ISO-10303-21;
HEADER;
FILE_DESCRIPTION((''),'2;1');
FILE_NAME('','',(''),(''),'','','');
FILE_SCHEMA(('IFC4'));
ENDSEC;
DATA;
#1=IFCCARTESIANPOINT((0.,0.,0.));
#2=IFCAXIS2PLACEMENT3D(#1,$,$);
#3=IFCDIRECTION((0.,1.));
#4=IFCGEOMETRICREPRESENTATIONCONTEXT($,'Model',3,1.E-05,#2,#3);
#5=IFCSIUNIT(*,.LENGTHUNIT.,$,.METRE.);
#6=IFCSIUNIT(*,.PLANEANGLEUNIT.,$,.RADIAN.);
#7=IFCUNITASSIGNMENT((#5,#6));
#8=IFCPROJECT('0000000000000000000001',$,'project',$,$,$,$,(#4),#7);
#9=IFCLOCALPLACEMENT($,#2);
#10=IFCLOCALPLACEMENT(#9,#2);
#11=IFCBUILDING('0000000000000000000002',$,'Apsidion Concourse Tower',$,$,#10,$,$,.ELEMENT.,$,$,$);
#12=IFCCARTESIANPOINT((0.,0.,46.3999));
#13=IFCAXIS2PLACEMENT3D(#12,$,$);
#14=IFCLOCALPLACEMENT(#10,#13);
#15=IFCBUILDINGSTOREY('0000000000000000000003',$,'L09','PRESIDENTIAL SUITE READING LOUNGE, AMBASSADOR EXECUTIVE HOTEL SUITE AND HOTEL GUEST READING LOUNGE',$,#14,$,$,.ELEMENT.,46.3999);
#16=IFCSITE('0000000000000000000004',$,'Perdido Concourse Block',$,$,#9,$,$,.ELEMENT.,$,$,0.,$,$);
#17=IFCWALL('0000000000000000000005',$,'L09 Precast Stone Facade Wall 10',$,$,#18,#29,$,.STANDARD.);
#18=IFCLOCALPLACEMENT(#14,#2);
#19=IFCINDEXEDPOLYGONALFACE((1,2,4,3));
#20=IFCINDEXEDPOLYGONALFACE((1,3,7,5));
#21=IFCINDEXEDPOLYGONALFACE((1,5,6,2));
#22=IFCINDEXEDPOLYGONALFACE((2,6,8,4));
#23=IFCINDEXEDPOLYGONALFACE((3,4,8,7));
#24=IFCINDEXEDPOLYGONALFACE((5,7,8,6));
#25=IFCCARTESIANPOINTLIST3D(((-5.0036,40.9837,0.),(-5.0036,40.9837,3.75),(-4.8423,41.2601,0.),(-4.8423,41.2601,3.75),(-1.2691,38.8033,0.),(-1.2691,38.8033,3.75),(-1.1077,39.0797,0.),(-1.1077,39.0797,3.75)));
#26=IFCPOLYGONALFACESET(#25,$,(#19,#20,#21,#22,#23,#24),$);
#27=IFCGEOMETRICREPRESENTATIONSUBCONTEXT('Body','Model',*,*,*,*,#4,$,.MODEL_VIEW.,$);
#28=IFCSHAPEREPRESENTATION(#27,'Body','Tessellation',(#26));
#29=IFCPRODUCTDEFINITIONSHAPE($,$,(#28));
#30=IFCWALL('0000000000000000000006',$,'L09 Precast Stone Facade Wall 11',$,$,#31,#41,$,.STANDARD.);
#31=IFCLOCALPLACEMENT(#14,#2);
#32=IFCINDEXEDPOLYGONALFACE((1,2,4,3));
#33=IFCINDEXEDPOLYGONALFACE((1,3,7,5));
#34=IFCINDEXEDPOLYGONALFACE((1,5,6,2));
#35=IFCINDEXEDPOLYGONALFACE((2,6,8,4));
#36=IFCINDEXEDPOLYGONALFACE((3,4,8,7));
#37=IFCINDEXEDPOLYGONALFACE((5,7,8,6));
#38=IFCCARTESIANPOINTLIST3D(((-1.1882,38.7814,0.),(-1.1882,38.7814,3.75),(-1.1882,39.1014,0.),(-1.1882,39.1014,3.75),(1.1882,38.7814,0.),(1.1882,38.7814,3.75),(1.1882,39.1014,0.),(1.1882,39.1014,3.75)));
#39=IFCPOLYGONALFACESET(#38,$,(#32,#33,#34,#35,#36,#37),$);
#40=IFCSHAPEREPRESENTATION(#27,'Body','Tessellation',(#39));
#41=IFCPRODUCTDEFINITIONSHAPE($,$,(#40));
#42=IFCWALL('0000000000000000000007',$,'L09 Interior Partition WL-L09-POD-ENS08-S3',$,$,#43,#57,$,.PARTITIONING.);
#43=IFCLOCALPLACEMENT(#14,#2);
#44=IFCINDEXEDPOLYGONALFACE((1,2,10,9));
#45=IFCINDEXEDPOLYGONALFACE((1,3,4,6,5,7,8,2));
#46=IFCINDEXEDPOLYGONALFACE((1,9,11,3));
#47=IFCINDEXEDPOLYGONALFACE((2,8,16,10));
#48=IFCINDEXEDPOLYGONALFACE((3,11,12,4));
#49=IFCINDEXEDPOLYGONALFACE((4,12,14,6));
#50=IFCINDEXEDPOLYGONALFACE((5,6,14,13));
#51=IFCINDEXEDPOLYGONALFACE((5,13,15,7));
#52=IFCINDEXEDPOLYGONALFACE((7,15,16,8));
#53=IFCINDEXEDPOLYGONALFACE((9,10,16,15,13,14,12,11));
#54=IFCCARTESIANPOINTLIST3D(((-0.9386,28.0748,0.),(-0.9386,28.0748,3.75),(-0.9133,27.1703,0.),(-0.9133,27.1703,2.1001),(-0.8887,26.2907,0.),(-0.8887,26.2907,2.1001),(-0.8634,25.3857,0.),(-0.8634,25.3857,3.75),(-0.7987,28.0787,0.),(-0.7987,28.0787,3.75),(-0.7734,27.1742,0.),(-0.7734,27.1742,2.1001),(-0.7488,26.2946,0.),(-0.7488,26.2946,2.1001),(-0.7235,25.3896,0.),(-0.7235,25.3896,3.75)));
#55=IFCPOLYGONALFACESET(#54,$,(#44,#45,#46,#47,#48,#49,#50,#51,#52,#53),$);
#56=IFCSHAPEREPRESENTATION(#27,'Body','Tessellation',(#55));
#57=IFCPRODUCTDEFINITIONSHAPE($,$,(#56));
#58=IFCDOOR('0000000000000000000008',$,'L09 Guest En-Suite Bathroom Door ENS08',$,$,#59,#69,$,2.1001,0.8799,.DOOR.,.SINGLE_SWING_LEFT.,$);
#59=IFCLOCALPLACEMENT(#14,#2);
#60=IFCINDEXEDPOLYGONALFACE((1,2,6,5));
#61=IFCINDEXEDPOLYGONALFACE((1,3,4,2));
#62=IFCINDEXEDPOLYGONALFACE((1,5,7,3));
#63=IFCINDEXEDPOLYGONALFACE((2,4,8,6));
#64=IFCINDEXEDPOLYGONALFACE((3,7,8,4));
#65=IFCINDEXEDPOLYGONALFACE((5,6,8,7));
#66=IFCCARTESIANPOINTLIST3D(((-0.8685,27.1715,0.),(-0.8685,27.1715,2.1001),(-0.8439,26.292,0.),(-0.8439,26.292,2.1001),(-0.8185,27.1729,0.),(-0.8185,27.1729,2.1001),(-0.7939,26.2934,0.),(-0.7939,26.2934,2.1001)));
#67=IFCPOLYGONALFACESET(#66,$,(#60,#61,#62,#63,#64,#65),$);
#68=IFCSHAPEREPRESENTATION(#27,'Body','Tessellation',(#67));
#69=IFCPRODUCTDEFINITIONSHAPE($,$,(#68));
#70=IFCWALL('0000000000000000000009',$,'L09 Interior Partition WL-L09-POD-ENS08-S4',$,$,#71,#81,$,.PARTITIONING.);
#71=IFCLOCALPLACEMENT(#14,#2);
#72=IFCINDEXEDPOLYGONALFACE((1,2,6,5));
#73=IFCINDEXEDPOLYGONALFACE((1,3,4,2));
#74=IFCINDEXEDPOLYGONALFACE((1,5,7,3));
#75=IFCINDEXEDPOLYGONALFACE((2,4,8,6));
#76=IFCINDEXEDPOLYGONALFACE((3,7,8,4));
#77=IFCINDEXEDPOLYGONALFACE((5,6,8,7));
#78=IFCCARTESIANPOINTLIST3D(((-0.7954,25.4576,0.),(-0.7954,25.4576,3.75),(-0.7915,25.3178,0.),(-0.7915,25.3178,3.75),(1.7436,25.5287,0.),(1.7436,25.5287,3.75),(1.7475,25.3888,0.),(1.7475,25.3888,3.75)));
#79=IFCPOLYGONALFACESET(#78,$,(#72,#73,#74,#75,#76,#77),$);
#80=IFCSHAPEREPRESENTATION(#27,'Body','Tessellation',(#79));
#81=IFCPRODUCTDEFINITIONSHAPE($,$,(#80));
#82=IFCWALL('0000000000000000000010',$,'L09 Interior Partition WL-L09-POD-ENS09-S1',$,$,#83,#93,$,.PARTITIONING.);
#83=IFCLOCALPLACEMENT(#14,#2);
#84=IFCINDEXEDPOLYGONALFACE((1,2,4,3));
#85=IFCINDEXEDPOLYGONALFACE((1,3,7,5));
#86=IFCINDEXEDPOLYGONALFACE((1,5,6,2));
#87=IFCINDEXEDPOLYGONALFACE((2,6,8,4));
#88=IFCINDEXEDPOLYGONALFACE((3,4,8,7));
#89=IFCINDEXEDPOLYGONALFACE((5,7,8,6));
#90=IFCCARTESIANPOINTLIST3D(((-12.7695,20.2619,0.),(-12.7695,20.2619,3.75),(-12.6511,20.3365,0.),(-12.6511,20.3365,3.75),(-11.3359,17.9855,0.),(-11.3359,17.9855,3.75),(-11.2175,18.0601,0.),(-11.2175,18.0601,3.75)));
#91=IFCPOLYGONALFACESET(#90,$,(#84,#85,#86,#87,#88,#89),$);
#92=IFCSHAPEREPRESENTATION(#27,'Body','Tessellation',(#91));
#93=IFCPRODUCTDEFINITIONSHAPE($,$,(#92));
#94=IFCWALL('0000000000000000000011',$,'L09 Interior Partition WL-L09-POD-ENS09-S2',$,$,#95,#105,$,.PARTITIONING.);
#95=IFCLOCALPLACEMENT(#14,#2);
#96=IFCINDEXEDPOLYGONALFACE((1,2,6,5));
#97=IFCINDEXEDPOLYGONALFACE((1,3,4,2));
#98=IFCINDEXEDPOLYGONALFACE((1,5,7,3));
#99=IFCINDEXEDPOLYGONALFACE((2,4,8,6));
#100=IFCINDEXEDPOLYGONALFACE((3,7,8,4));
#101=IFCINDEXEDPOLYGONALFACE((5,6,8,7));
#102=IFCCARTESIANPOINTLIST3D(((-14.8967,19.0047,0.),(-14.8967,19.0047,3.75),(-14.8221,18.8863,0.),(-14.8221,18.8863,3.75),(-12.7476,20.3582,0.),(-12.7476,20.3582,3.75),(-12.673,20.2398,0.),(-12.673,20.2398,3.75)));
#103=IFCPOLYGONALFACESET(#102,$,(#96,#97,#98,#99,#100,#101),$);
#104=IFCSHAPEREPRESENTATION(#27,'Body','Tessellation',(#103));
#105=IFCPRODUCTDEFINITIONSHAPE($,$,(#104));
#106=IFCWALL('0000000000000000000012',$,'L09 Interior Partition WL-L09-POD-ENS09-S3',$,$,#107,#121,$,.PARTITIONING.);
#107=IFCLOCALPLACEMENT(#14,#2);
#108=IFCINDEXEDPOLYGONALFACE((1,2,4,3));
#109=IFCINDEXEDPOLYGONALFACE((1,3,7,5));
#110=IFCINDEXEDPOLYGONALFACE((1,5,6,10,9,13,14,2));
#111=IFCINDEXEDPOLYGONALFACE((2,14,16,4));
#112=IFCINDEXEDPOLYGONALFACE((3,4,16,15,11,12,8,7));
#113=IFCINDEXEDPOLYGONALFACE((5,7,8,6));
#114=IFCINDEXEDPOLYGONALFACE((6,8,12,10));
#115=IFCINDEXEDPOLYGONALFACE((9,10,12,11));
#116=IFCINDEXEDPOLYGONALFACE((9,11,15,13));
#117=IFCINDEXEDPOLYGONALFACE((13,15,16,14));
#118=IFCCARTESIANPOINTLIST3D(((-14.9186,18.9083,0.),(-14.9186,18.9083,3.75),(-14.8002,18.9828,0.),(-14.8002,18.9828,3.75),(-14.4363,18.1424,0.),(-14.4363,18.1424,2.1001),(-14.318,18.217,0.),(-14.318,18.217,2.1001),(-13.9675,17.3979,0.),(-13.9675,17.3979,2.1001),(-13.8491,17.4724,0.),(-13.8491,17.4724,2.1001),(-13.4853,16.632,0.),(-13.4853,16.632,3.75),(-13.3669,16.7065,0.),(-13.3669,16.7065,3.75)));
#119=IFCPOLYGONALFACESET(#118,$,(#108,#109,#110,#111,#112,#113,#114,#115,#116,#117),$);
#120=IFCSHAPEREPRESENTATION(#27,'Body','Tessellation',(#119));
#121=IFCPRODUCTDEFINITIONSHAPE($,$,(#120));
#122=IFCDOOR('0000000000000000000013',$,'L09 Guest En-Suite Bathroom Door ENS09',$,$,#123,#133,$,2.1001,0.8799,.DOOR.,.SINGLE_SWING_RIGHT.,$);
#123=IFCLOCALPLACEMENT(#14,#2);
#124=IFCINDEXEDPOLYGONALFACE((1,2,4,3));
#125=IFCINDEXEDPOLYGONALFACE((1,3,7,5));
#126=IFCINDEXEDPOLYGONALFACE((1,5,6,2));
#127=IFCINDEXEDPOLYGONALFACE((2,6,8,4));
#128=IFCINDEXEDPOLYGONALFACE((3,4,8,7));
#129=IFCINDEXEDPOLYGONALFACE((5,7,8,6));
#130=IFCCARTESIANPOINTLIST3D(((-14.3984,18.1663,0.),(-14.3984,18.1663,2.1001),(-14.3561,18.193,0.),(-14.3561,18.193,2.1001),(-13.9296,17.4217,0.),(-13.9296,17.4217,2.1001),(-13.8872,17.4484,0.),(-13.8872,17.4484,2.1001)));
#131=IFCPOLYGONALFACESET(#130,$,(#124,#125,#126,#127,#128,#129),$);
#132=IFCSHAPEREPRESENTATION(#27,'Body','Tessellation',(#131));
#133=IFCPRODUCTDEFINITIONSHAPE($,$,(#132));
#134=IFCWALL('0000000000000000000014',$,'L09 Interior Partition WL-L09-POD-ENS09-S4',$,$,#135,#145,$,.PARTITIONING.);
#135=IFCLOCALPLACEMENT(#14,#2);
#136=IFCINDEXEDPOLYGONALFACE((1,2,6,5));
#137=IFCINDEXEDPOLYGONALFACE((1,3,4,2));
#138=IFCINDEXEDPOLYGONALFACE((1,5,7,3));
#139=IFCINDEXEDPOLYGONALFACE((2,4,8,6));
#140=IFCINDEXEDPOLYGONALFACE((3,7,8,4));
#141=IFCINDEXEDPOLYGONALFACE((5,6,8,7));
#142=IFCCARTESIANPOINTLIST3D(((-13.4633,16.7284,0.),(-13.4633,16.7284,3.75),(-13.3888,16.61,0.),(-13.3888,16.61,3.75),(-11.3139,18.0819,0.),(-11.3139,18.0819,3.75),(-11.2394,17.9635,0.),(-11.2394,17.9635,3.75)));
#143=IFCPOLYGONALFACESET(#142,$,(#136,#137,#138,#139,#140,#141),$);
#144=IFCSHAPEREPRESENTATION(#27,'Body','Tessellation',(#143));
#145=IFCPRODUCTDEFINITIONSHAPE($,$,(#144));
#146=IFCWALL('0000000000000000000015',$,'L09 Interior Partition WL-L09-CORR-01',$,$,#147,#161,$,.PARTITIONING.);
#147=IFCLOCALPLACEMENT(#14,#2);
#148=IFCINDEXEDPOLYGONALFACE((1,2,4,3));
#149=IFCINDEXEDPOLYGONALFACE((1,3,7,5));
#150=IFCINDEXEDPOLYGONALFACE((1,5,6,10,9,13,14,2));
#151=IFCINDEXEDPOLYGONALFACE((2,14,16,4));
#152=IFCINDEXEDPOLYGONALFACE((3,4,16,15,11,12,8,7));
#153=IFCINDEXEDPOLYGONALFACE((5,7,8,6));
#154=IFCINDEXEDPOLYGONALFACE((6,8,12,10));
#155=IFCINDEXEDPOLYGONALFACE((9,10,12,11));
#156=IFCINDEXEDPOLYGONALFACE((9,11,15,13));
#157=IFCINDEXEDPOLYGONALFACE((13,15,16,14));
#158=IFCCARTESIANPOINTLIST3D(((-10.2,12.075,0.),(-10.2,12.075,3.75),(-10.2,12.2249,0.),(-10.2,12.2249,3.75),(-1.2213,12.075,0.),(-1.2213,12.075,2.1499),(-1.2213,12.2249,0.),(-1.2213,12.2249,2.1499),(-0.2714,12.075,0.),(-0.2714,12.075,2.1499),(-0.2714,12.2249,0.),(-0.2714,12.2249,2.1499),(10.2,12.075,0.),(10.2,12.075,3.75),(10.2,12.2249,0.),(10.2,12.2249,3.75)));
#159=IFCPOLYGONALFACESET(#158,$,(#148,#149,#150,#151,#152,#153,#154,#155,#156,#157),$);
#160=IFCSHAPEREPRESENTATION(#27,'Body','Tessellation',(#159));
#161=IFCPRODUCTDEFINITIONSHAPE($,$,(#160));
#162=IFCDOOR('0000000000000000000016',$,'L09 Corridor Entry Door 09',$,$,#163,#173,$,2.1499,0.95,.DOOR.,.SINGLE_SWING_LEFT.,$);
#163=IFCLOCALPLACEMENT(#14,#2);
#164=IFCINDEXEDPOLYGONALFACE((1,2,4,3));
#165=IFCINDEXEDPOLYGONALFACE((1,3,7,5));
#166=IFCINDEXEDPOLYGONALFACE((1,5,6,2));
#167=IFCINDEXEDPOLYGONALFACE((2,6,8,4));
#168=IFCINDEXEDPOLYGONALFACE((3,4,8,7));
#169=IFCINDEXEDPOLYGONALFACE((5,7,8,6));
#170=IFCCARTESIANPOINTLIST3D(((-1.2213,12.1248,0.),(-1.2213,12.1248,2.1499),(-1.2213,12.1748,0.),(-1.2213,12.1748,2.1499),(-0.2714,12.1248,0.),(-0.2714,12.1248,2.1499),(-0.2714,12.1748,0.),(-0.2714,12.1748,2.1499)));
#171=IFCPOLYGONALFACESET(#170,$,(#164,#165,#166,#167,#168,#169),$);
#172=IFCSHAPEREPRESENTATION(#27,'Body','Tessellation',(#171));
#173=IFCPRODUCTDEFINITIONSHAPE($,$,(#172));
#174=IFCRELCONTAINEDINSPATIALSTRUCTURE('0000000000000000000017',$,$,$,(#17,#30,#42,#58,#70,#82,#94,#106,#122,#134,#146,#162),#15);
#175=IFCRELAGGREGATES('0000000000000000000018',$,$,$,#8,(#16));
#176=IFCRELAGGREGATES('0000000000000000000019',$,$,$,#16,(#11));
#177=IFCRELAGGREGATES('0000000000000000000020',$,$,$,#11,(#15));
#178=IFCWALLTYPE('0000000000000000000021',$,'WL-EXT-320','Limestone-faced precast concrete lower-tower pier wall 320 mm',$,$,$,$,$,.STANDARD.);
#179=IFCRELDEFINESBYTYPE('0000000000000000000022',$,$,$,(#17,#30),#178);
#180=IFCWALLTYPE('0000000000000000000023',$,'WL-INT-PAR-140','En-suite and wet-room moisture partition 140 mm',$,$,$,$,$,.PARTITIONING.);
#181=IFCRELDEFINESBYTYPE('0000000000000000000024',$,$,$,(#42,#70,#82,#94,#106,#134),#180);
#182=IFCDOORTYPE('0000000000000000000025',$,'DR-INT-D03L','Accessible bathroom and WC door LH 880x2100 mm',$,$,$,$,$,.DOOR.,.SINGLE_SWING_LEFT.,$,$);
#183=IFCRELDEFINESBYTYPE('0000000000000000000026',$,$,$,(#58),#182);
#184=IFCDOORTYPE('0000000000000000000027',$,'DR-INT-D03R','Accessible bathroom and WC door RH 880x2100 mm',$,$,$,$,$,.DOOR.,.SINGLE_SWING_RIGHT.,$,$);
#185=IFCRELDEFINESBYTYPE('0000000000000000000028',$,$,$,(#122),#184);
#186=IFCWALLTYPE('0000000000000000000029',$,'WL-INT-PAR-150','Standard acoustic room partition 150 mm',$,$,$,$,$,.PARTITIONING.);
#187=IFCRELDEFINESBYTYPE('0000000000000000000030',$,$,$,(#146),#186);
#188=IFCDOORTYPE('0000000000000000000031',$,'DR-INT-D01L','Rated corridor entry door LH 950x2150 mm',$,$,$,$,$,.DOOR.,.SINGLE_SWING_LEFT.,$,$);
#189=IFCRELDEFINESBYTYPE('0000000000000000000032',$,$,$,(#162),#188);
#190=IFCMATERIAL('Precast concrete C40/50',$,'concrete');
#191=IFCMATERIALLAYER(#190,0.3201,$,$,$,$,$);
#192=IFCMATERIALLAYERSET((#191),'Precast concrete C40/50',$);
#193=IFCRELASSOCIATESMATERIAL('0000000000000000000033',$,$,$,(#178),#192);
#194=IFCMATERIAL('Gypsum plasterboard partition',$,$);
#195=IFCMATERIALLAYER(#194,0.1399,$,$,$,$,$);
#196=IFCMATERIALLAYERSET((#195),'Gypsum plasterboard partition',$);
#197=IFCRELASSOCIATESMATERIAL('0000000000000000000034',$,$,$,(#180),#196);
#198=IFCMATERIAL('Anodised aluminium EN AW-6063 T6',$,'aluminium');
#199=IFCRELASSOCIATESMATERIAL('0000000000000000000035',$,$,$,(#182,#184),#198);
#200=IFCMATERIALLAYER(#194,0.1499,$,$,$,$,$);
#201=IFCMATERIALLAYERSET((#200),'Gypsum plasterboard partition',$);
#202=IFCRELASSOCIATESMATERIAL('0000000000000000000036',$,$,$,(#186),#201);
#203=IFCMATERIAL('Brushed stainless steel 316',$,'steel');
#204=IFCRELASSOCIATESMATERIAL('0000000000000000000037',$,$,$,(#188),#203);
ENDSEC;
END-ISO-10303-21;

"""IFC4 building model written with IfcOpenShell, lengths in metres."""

from ifc_helpers import new_model, si_unit, direction, frame, frame_2d, origin, place, context, subcontext, project, spatial, rectangle, extrude, material, layer, layer_set, type_object, element, fill, save


model = new_model("IFC4")

# Units and contexts
model_context = context("Model", 3, precision=1e-05, world=origin(), true_north=direction((0.0, 1.0)))
body_context = subcontext(model_context, "Body", "Model", "MODEL_VIEW")
ifc_project = project(units=[si_unit("LENGTHUNIT", "METRE"), si_unit("PLANEANGLEUNIT", "RADIAN")], contexts=[model_context])

# Site, building, storey
site_placement = place(None, origin())
site = spatial("IfcSite", under=ifc_project, at=site_placement, Name="Perdido Concourse Block", CompositionType="ELEMENT", RefElevation=0.0)
building_placement = place(site_placement, origin())
building = spatial("IfcBuilding", under=site, at=building_placement, Name="Apsidion Concourse Tower", CompositionType="ELEMENT")
storey_placement = place(building_placement, frame((0.0, 0.0, 46.3999)))
storey = spatial("IfcBuildingStorey", under=building, at=storey_placement, Name="L09", Description="PRESIDENTIAL SUITE READING LOUNGE, AMBASSADOR EXECUTIVE HOTEL SUITE AND HOTEL GUEST READING LOUNGE", CompositionType="ELEMENT", Elevation=46.3999)

# Walls
ifc_material_1 = material(Name="Precast concrete C40/50", Category="concrete")
ifc_layer_1 = layer(ifc_material_1, 0.3201)
ifc_layer_set_1 = layer_set([ifc_layer_1], Name="Precast concrete C40/50")
wall_type_1 = type_object("IfcWallType", Name="WL-EXT-320", Description="Limestone-faced precast concrete lower-tower pier wall 320 mm", PredefinedType="STANDARD", material=ifc_layer_set_1)
wall_1_placement = place(storey_placement, frame((-4.9229, 41.1218, 0.0), z_axis=(0.0, 0.0, 1.0), x_axis=(0.863588, -0.504197, 0.0)))
element("IfcWall", 1, at=wall_1_placement, inside=storey, type_object=wall_type_1, Name="L09 Precast Stone Facade Wall 10", PredefinedType="STANDARD", context=body_context, shape_type="SweptSolid", body=[
    extrude(rectangle(XDim=4.3245, YDim=0.3201, at=frame_2d((2.1621, 0.0))), origin(), (0.0, 0.0, 1.0), 3.75),
])
wall_2_placement = place(storey_placement, frame((-1.1882, 38.9414, 0.0), z_axis=(0.0, 0.0, 1.0), x_axis=(1.0, 0.0, 0.0)))
element("IfcWall", 2, at=wall_2_placement, inside=storey, type_object=wall_type_1, Name="L09 Precast Stone Facade Wall 11", PredefinedType="STANDARD", context=body_context, shape_type="SweptSolid", body=[
    extrude(rectangle(XDim=2.3765, YDim=0.3201, at=frame_2d((1.1882, 0.0))), origin(), (0.0, 0.0, 1.0), 3.75),
])

# Wall, opening, door
ifc_material_2 = material(Name="Gypsum plasterboard partition")
ifc_layer_2 = layer(ifc_material_2, 0.1399)
ifc_layer_set_2 = layer_set([ifc_layer_2], Name="Gypsum plasterboard partition")
wall_type_2 = type_object("IfcWallType", Name="WL-INT-PAR-140", Description="En-suite and wet-room moisture partition 140 mm", PredefinedType="PARTITIONING", material=ifc_layer_set_2)
wall_3_placement = place(storey_placement, frame((-0.8687, 28.0769, 0.0), z_axis=(0.0, 0.0, 1.0), x_axis=(0.027951, -0.999609, 0.0)))
wall_3 = element("IfcWall", 3, at=wall_3_placement, inside=storey, type_object=wall_type_2, Name="L09 Interior Partition WL-L09-POD-ENS08-S3", PredefinedType="PARTITIONING", context=body_context, shape_type="SweptSolid", body=[
    extrude(rectangle(XDim=2.6902, YDim=0.1399, at=frame_2d((1.3452, 0.0))), origin(), (0.0, 0.0, 1.0), 3.75),
])
opening_1_placement = place(wall_3_placement, frame((0.905, 0.0, 0.0)))
opening_1 = element("IfcOpeningElement", 4, at=opening_1_placement, cuts=wall_3, PredefinedType="OPENING", context=body_context, shape_type="SweptSolid", body=[
    extrude(rectangle(XDim=0.8799, YDim=2.1001, at=frame_2d((0.4399, 1.05))), frame((0.0, 0.0801, 0.0), z_axis=(0.0, -1.0, 0.0), x_axis=(1.0, 0.0, 0.0)), (0.0, 0.0, 1.0), 0.1599),
])
ifc_material_3 = material(Name="Anodised aluminium EN AW-6063 T6", Category="aluminium")
door_type_1 = type_object("IfcDoorType", Name="DR-INT-D03L", Description="Accessible bathroom and WC door LH 880x2100 mm", OperationType="SINGLE_SWING_LEFT", PredefinedType="DOOR", material=ifc_material_3)
door_1_placement = place(opening_1_placement, origin())
door_1 = element("IfcDoor", 5, at=door_1_placement, inside=storey, type_object=door_type_1, Name="L09 Guest En-Suite Bathroom Door ENS08", OperationType="SINGLE_SWING_LEFT", OverallHeight=2.1001, OverallWidth=0.8799, PredefinedType="DOOR", context=body_context, shape_type="SweptSolid", body=[
    extrude(rectangle(XDim=0.8799, YDim=2.1001, at=frame_2d((0.4399, 1.05))), frame((0.0, 0.0249, 0.0), z_axis=(0.0, -1.0, 0.0), x_axis=(1.0, 0.0, 0.0)), (0.0, 0.0, 1.0), 0.05),
])
fill(opening_1, door_1)

# Walls
wall_4_placement = place(storey_placement, frame((-0.7935, 25.3877, 0.0), z_axis=(0.0, 0.0, 1.0), x_axis=(0.999609, 0.02797, 0.0)))
element("IfcWall", 6, at=wall_4_placement, inside=storey, type_object=wall_type_2, Name="L09 Interior Partition WL-L09-POD-ENS08-S4", PredefinedType="PARTITIONING", context=body_context, shape_type="SweptSolid", body=[
    extrude(rectangle(XDim=2.54, YDim=0.1399, at=frame_2d((1.27, 0.0))), origin(), (0.0, 0.0, 1.0), 3.75),
])
wall_5_placement = place(storey_placement, frame((-11.2766, 18.0227, 0.0), z_axis=(0.0, 0.0, 1.0), x_axis=(-0.5329, 0.846178, 0.0)))
element("IfcWall", 7, at=wall_5_placement, inside=storey, type_object=wall_type_2, Name="L09 Interior Partition WL-L09-POD-ENS09-S1", PredefinedType="PARTITIONING", context=body_context, shape_type="SweptSolid", body=[
    extrude(rectangle(XDim=2.6902, YDim=0.1399, at=frame_2d((1.3452, 0.0))), origin(), (0.0, 0.0, 1.0), 3.75),
])
wall_6_placement = place(storey_placement, frame((-12.7102, 20.2991, 0.0), z_axis=(0.0, 0.0, 1.0), x_axis=(-0.846173, -0.532908, 0.0)))
element("IfcWall", 8, at=wall_6_placement, inside=storey, type_object=wall_type_2, Name="L09 Interior Partition WL-L09-POD-ENS09-S2", PredefinedType="PARTITIONING", context=body_context, shape_type="SweptSolid", body=[
    extrude(rectangle(XDim=2.5398, YDim=0.1399, at=frame_2d((1.27, 0.0))), origin(), (0.0, 0.0, 1.0), 3.75),
])

# Wall, opening, door
wall_7_placement = place(storey_placement, frame((-14.8594, 18.9456, 0.0), z_axis=(0.0, 0.0, 1.0), x_axis=(0.532835, -0.846219, 0.0)))
wall_7 = element("IfcWall", 9, at=wall_7_placement, inside=storey, type_object=wall_type_2, Name="L09 Interior Partition WL-L09-POD-ENS09-S3", PredefinedType="PARTITIONING", context=body_context, shape_type="SweptSolid", body=[
    extrude(rectangle(XDim=2.6899, YDim=0.1399, at=frame_2d((1.345, 0.0))), origin(), (0.0, 0.0, 1.0), 3.75),
])
opening_2_placement = place(wall_7_placement, frame((0.905, 0.0, 0.0)))
opening_2 = element("IfcOpeningElement", 10, at=opening_2_placement, cuts=wall_7, PredefinedType="OPENING", context=body_context, shape_type="SweptSolid", body=[
    extrude(rectangle(XDim=0.8799, YDim=2.1001, at=frame_2d((0.4399, 1.05))), frame((0.0, 0.0801, 0.0), z_axis=(0.0, -1.0, 0.0), x_axis=(1.0, 0.0, 0.0)), (0.0, 0.0, 1.0), 0.1599),
])
door_type_2 = type_object("IfcDoorType", Name="DR-INT-D03R", Description="Accessible bathroom and WC door RH 880x2100 mm", OperationType="SINGLE_SWING_RIGHT", PredefinedType="DOOR", material=ifc_material_3)
door_2_placement = place(opening_2_placement, origin())
door_2 = element("IfcDoor", 11, at=door_2_placement, inside=storey, type_object=door_type_2, Name="L09 Guest En-Suite Bathroom Door ENS09", OperationType="SINGLE_SWING_RIGHT", OverallHeight=2.1001, OverallWidth=0.8799, PredefinedType="DOOR", context=body_context, shape_type="SweptSolid", body=[
    extrude(rectangle(XDim=0.8799, YDim=2.1001, at=frame_2d((0.4399, 1.05))), frame((0.0, 0.0249, 0.0), z_axis=(0.0, -1.0, 0.0), x_axis=(1.0, 0.0, 0.0)), (0.0, 0.0, 1.0), 0.05),
])
fill(opening_2, door_2)

# Wall
wall_8_placement = place(storey_placement, frame((-13.426, 16.6692, 0.0), z_axis=(0.0, 0.0, 1.0), x_axis=(0.846201, 0.532864, 0.0)))
element("IfcWall", 12, at=wall_8_placement, inside=storey, type_object=wall_type_2, Name="L09 Interior Partition WL-L09-POD-ENS09-S4", PredefinedType="PARTITIONING", context=body_context, shape_type="SweptSolid", body=[
    extrude(rectangle(XDim=2.54, YDim=0.1399, at=frame_2d((1.27, 0.0))), origin(), (0.0, 0.0, 1.0), 3.75),
])

# Wall, opening, door
ifc_layer_3 = layer(ifc_material_2, 0.1499)
ifc_layer_set_3 = layer_set([ifc_layer_3], Name="Gypsum plasterboard partition")
wall_type_3 = type_object("IfcWallType", Name="WL-INT-PAR-150", Description="Standard acoustic room partition 150 mm", PredefinedType="PARTITIONING", material=ifc_layer_set_3)
wall_9_placement = place(storey_placement, frame((-10.2, 12.1499, 0.0), z_axis=(0.0, 0.0, 1.0), x_axis=(1.0, 0.0, 0.0)))
wall_9 = element("IfcWall", 13, at=wall_9_placement, inside=storey, type_object=wall_type_3, Name="L09 Interior Partition WL-L09-CORR-01", PredefinedType="PARTITIONING", context=body_context, shape_type="SweptSolid", body=[
    extrude(rectangle(XDim=20.3999, YDim=0.1499, at=frame_2d((10.2, 0.0))), origin(), (0.0, 0.0, 1.0), 3.75),
])
opening_3_placement = place(wall_9_placement, frame((8.9785, 0.0, 0.0)))
opening_3 = element("IfcOpeningElement", 14, at=opening_3_placement, cuts=wall_9, PredefinedType="OPENING", context=body_context, shape_type="SweptSolid", body=[
    extrude(rectangle(XDim=0.95, YDim=2.1499, at=frame_2d((0.4751, 1.075))), frame((0.0, 0.085, 0.0), z_axis=(0.0, -1.0, 0.0), x_axis=(1.0, 0.0, 0.0)), (0.0, 0.0, 1.0), 0.1699),
])
ifc_material_4 = material(Name="Brushed stainless steel 316", Category="steel")
door_type_3 = type_object("IfcDoorType", Name="DR-INT-D01L", Description="Rated corridor entry door LH 950x2150 mm", OperationType="SINGLE_SWING_LEFT", PredefinedType="DOOR", material=ifc_material_4)
door_3_placement = place(opening_3_placement, origin())
door_3 = element("IfcDoor", 15, at=door_3_placement, inside=storey, type_object=door_type_3, Name="L09 Corridor Entry Door 09", OperationType="SINGLE_SWING_LEFT", OverallHeight=2.1499, OverallWidth=0.95, PredefinedType="DOOR", context=body_context, shape_type="SweptSolid", body=[
    extrude(rectangle(XDim=0.95, YDim=2.1499, at=frame_2d((0.4751, 1.075))), frame((0.0, 0.0249, 0.0), z_axis=(0.0, -1.0, 0.0), x_axis=(1.0, 0.0, 0.0)), (0.0, 0.0, 1.0), 0.05),
])
fill(opening_3, door_3)

save(model, "model.ifc")
